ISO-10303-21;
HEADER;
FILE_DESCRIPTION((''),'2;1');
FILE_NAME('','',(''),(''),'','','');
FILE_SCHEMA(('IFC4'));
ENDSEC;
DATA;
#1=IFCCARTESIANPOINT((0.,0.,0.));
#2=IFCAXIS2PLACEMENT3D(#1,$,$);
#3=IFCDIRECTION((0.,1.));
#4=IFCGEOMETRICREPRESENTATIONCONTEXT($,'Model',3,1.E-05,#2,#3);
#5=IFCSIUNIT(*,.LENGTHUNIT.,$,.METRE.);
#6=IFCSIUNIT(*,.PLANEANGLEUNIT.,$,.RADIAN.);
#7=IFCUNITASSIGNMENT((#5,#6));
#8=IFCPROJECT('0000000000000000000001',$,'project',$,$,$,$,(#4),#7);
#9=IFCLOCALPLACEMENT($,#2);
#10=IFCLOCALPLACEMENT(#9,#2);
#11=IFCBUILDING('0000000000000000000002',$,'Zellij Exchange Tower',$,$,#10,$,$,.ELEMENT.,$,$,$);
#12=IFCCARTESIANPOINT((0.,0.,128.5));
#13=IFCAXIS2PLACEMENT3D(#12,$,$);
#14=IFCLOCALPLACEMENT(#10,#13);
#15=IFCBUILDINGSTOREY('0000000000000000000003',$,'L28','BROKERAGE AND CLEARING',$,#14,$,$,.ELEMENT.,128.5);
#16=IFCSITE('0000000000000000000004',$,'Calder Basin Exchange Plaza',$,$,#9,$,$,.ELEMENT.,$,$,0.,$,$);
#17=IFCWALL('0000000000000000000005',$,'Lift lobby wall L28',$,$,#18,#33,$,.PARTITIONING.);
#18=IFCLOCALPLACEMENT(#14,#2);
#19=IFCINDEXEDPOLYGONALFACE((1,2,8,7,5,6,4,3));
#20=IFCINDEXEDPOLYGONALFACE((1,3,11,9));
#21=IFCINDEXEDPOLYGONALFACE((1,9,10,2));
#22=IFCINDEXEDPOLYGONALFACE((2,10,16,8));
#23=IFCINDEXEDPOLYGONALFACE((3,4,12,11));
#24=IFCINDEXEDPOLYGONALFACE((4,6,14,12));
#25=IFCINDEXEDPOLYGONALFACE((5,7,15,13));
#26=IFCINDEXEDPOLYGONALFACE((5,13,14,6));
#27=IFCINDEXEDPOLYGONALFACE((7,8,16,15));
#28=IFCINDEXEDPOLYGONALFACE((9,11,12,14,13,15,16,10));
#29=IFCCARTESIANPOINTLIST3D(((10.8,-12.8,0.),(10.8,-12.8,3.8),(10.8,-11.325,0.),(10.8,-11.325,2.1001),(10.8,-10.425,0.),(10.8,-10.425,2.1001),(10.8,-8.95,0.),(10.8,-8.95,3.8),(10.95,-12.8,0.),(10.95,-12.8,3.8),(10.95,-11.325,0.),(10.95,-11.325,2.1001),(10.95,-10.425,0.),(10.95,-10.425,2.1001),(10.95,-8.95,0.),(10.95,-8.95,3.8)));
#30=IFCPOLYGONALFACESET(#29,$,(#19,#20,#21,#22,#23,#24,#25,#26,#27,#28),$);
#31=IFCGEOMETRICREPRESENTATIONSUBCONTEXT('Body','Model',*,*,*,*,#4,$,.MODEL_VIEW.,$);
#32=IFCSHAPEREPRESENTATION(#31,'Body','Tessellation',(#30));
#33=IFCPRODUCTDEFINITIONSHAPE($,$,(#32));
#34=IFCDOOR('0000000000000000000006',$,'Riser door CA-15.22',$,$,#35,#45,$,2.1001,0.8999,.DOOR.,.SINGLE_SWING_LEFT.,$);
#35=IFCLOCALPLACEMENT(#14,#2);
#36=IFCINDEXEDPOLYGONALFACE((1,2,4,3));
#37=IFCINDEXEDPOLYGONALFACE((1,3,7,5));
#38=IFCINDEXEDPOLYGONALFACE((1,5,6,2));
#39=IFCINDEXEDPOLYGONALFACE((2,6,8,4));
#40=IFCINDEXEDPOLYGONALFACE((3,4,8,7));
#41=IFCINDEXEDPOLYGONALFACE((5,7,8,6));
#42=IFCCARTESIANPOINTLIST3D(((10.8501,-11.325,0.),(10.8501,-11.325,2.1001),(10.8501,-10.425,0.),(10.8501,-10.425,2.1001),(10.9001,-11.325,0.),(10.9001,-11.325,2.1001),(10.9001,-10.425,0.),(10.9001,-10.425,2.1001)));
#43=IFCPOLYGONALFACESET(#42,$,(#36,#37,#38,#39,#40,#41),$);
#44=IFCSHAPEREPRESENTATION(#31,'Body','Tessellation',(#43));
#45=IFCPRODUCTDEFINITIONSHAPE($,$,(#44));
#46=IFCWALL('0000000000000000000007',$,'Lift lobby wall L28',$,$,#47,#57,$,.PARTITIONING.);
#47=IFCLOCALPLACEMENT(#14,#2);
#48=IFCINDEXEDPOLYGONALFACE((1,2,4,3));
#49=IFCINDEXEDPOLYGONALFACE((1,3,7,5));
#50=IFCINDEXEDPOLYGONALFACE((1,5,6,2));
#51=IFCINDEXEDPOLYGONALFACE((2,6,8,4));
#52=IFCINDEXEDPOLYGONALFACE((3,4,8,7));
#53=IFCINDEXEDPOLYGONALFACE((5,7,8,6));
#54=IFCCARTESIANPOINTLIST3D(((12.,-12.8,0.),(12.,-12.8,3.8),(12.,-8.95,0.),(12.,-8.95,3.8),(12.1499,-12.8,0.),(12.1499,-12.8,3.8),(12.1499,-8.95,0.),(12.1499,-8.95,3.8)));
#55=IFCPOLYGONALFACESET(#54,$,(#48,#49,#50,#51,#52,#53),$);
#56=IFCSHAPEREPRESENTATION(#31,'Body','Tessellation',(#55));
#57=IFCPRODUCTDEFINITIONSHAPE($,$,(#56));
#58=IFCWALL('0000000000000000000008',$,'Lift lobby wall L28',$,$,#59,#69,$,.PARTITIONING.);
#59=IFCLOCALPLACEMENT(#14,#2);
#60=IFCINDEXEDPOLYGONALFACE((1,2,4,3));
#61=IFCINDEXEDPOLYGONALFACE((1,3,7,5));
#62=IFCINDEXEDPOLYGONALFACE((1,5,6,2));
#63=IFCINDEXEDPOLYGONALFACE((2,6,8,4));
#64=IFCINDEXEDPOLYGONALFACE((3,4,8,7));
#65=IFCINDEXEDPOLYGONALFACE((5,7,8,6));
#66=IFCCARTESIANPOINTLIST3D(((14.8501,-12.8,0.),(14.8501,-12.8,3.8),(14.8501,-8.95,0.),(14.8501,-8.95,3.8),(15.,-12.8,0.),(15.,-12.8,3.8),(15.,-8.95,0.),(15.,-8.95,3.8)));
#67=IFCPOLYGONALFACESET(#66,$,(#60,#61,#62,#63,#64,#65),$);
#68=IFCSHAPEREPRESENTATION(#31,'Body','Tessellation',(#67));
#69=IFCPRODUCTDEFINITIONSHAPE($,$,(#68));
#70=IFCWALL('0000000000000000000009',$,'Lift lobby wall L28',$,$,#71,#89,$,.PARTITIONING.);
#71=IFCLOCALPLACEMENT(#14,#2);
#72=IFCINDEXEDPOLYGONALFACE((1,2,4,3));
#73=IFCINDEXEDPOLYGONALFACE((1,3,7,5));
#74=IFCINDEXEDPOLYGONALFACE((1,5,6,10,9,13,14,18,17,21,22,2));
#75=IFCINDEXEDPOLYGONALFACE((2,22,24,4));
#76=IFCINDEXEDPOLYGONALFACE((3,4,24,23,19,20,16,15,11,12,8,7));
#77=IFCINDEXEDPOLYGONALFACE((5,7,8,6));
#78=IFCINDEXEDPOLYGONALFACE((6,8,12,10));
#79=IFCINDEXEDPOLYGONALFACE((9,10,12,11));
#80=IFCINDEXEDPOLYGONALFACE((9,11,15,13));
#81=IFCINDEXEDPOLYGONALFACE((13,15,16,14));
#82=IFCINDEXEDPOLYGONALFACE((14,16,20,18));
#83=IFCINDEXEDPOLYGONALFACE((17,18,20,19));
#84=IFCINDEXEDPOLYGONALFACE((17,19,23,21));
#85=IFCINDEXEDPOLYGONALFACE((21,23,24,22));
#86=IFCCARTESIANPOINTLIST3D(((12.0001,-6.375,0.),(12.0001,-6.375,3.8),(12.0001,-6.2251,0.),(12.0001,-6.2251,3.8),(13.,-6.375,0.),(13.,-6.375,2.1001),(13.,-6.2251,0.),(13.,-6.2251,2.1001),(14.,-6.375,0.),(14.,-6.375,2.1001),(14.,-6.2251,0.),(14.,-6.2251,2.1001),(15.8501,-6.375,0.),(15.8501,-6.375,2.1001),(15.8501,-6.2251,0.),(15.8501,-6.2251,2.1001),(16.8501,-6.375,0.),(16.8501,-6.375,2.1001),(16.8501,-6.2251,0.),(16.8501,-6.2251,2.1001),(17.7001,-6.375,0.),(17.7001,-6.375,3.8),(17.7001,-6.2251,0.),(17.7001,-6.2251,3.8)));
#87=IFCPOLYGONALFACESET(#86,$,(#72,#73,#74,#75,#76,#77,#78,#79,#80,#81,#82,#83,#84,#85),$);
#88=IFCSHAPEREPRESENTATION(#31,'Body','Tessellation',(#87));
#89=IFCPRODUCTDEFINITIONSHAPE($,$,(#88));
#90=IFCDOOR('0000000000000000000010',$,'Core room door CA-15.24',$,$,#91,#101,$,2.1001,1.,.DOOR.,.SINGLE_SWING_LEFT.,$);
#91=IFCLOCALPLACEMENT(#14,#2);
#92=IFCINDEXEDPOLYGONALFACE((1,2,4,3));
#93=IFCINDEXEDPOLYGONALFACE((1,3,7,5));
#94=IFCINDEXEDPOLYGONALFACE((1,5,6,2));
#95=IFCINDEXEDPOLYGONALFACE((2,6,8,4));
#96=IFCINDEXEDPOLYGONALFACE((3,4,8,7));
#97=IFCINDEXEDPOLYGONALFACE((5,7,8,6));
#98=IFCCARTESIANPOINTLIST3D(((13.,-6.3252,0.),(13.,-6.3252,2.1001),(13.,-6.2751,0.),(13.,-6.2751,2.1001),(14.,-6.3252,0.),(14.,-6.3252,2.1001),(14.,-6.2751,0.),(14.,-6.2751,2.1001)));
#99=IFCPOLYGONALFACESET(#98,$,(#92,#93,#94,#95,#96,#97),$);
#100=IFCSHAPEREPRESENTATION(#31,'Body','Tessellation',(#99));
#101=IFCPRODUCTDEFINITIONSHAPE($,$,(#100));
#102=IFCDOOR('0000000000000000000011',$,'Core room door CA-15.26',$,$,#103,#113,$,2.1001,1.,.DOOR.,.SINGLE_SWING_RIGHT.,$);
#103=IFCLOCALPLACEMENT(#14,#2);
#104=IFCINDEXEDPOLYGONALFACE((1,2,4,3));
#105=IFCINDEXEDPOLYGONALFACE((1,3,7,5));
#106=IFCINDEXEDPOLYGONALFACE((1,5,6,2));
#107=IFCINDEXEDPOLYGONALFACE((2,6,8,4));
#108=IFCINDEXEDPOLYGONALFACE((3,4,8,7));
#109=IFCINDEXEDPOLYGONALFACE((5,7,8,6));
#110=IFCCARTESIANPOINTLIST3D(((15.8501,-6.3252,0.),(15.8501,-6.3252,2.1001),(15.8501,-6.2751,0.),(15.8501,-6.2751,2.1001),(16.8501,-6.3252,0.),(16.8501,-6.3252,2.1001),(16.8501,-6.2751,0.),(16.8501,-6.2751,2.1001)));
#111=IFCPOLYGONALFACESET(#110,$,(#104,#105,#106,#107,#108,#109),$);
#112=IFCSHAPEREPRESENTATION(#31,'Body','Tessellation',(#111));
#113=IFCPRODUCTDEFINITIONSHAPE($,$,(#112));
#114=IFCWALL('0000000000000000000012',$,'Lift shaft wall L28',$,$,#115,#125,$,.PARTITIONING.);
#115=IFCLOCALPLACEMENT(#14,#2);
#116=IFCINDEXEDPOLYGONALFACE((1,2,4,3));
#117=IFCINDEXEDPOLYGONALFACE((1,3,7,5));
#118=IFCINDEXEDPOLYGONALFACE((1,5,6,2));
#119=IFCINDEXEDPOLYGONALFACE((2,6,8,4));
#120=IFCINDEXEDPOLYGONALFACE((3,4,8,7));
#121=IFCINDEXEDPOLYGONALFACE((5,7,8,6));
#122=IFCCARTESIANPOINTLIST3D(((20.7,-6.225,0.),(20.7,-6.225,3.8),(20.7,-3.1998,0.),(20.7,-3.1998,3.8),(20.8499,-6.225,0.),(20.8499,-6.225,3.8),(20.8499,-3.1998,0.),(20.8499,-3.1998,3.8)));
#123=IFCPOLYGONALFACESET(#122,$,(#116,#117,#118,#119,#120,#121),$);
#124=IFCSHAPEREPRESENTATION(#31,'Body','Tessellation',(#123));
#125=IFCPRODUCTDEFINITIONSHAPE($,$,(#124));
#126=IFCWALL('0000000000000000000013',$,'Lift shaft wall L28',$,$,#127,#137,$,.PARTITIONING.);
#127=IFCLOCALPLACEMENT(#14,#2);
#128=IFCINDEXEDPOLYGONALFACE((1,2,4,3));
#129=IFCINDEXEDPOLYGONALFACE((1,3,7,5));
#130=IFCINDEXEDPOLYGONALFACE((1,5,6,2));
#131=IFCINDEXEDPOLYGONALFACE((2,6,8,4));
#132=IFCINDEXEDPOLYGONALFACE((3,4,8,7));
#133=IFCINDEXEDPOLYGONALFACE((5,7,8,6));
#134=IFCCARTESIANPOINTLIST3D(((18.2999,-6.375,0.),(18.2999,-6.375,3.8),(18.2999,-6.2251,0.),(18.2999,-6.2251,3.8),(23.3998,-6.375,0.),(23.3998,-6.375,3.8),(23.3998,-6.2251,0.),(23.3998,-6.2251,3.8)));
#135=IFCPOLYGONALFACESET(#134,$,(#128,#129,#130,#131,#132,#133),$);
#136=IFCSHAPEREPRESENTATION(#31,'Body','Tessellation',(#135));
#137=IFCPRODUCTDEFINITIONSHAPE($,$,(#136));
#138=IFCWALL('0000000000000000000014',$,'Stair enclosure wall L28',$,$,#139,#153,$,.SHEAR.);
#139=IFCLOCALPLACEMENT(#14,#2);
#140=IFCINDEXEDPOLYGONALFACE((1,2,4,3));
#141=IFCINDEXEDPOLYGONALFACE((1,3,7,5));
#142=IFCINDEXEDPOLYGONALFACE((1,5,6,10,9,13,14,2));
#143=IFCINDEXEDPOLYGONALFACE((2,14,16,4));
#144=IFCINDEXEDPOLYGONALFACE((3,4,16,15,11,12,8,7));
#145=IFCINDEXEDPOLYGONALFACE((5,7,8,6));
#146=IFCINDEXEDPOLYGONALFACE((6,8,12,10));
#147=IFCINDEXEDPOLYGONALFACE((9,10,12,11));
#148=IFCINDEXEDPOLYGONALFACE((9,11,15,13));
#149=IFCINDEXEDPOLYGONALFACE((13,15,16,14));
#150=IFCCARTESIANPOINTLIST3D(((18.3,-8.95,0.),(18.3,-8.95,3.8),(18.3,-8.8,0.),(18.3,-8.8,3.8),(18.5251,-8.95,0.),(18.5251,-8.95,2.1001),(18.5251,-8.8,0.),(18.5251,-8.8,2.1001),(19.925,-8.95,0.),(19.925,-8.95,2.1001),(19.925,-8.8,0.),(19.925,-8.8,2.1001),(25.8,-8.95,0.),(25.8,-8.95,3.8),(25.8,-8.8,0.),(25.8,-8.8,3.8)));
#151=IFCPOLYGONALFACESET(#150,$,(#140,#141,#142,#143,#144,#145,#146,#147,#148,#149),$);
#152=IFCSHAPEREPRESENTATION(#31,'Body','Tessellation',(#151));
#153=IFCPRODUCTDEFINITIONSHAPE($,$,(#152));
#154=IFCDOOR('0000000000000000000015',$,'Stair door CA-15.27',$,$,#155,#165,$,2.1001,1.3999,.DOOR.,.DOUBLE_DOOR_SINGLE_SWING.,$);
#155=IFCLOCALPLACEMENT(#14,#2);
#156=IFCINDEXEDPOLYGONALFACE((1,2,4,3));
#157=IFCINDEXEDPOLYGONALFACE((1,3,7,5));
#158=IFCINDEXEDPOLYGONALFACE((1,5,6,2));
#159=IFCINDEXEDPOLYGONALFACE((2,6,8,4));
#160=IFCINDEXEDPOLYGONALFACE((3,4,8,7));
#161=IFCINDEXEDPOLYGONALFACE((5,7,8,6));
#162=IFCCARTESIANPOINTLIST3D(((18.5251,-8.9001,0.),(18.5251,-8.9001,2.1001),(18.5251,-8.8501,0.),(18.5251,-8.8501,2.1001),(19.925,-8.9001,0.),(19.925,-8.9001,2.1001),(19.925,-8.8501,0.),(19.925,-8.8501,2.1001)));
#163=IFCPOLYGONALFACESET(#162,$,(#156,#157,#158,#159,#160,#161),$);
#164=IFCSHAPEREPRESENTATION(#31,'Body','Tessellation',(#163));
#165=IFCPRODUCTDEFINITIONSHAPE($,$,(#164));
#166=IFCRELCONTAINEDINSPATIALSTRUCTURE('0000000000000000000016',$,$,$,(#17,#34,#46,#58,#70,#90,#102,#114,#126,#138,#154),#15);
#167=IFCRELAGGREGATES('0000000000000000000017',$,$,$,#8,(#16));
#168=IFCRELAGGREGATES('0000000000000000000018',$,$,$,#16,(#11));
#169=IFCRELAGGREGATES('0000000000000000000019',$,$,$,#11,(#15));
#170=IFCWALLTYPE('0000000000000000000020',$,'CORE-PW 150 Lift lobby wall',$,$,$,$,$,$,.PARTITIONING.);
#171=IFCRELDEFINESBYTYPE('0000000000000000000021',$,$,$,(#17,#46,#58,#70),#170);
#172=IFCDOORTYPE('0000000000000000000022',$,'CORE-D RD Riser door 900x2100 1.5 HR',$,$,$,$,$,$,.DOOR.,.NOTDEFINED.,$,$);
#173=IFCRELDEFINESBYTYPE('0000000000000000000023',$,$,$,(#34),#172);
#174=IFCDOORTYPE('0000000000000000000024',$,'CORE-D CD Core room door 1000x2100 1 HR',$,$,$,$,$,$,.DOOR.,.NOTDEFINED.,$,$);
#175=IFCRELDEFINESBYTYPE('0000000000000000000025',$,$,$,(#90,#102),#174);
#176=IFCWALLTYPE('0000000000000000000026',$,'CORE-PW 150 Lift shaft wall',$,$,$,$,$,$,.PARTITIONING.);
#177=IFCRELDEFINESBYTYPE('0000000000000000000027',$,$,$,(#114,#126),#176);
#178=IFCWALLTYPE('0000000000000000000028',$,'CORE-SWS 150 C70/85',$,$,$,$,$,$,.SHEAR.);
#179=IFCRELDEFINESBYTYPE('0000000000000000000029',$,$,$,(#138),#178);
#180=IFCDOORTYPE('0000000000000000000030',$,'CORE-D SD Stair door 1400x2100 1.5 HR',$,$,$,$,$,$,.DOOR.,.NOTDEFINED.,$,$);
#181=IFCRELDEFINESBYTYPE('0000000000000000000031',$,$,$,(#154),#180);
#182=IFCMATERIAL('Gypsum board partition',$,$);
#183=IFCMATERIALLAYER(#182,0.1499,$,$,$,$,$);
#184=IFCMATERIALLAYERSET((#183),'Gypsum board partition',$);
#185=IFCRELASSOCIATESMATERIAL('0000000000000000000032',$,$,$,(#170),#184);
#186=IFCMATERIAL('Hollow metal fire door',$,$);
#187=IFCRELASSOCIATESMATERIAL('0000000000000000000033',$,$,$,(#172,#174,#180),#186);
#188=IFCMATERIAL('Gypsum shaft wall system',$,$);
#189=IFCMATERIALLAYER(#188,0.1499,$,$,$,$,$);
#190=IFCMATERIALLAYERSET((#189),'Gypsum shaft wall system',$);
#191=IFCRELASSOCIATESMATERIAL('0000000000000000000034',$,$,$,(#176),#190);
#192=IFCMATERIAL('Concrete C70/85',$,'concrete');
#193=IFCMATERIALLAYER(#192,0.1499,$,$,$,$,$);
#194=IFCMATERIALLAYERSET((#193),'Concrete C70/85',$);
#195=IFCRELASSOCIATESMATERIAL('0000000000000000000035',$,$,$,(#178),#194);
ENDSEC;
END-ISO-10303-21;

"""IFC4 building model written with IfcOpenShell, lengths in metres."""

from ifc_helpers import new_model, si_unit, direction, frame, frame_2d, origin, place, context, subcontext, project, spatial, rectangle, extrude, material, layer, layer_set, type_object, element, fill, save


model = new_model("IFC4")

# Units and contexts
model_context = context("Model", 3, precision=1e-05, world=origin(), true_north=direction((0.0, 1.0)))
body_context = subcontext(model_context, "Body", "Model", "MODEL_VIEW")
ifc_project = project(units=[si_unit("LENGTHUNIT", "METRE"), si_unit("PLANEANGLEUNIT", "RADIAN")], contexts=[model_context])

# Site, building, storey
site_placement = place(None, origin())
site = spatial("IfcSite", under=ifc_project, at=site_placement, Name="Calder Basin Exchange Plaza", CompositionType="ELEMENT", RefElevation=0.0)
building_placement = place(site_placement, origin())
building = spatial("IfcBuilding", under=site, at=building_placement, Name="Zellij Exchange Tower", CompositionType="ELEMENT")
storey_placement = place(building_placement, frame((0.0, 0.0, 128.5)))
storey = spatial("IfcBuildingStorey", under=building, at=storey_placement, Name="L28", Description="BROKERAGE AND CLEARING", CompositionType="ELEMENT", Elevation=128.5)

# Shared definitions
ifc_material_1 = material(Name="Concrete C70/85", Category="concrete")

# Shared definitions
ifc_material_2 = material(Name="Gypsum board partition")
ifc_layer_1 = layer(ifc_material_2, 0.1499)
ifc_layer_set_1 = layer_set([ifc_layer_1], Name="Gypsum board partition")
wall_type_1 = type_object("IfcWallType", Name="CORE-PW 150 Lift lobby wall", PredefinedType="PARTITIONING", material=ifc_layer_set_1)

# Wall, opening, door
wall_1_placement = place(storey_placement, frame((10.875, -12.8, 0.0), z_axis=(0.0, 0.0, 1.0), x_axis=(0.0, 1.0, 0.0)))
wall_1 = element("IfcWall", 1, at=wall_1_placement, inside=storey, type_object=wall_type_1, Name="Lift lobby wall L28", PredefinedType="PARTITIONING", context=body_context, shape_type="SweptSolid", body=[
    extrude(rectangle(XDim=3.8501, YDim=0.1499, at=frame_2d((1.925, 0.0))), origin(), (0.0, 0.0, 1.0), 3.8),
])
opening_1_placement = place(wall_1_placement, frame((1.4751, 0.0, 0.0)))
opening_1 = element("IfcOpeningElement", 2, at=opening_1_placement, cuts=wall_1, PredefinedType="OPENING", context=body_context, shape_type="SweptSolid", body=[
    extrude(rectangle(XDim=0.8999, YDim=2.1001, at=frame_2d((0.45, 1.05))), frame((0.0, 0.0869, 0.0), z_axis=(0.0, -1.0, 0.0), x_axis=(1.0, 0.0, 0.0)), (0.0, 0.0, 1.0), 0.1738),
])
ifc_material_3 = material(Name="Hollow metal fire door")
door_type_1 = type_object("IfcDoorType", Name="CORE-D RD Riser door 900x2100 1.5 HR", OperationType="NOTDEFINED", PredefinedType="DOOR", material=ifc_material_3)
door_1_placement = place(opening_1_placement, origin())
door_1 = element("IfcDoor", 3, at=door_1_placement, inside=storey, type_object=door_type_1, Name="Riser door CA-15.22", OperationType="SINGLE_SWING_LEFT", OverallHeight=2.1001, OverallWidth=0.8999, PredefinedType="DOOR", context=body_context, shape_type="SweptSolid", body=[
    extrude(rectangle(XDim=0.8999, YDim=2.1001, at=frame_2d((0.45, 1.05))), frame((0.0, 0.0249, 0.0), z_axis=(0.0, -1.0, 0.0), x_axis=(1.0, 0.0, 0.0)), (0.0, 0.0, 1.0), 0.05),
])
fill(opening_1, door_1)

# Walls
for number, where, z_axis, x_axis, name in (
    (4, (12.075, -12.8, 0.0), (0.0, 0.0, 1.0), (0.0, 1.0, 0.0), "Lift lobby wall L28"),
    (5, (14.925, -12.8, 0.0), (0.0, 0.0, 1.0), (0.0, 1.0, 0.0), "Lift lobby wall L28"),
):
    element("IfcWall", number, at=place(storey_placement, frame(where, z_axis=z_axis, x_axis=x_axis)), inside=storey, type_object=wall_type_1, Name=name, PredefinedType="PARTITIONING", context=body_context, shape_type="SweptSolid", body=[
        extrude(rectangle(XDim=3.8501, YDim=0.1499, at=frame_2d((1.925, 0.0))), origin(), (0.0, 0.0, 1.0), 3.8),
    ])

# Wall, openings, doors
wall_2_placement = place(storey_placement, frame((12.0, -6.3, 0.0), z_axis=(0.0, 0.0, 1.0), x_axis=(1.0, 0.0, 0.0)))
wall_2 = element("IfcWall", 6, at=wall_2_placement, inside=storey, type_object=wall_type_1, Name="Lift lobby wall L28", PredefinedType="PARTITIONING", context=body_context, shape_type="SweptSolid", body=[
    extrude(rectangle(XDim=5.7, YDim=0.1499, at=frame_2d((2.8501, 0.0))), origin(), (0.0, 0.0, 1.0), 3.8),
])
opening_2_placement = place(wall_2_placement, frame((1.0, 0.0, 0.0)))
opening_2 = element("IfcOpeningElement", 7, at=opening_2_placement, cuts=wall_2, PredefinedType="OPENING", context=body_context, shape_type="SweptSolid", body=[
    extrude(rectangle(XDim=1.0, YDim=2.1001, at=frame_2d((0.5, 1.05))), frame((0.0, 0.0869, 0.0), z_axis=(0.0, -1.0, 0.0), x_axis=(1.0, 0.0, 0.0)), (0.0, 0.0, 1.0), 0.1738),
])
opening_3_placement = place(wall_2_placement, frame((3.8501, 0.0, 0.0)))
opening_3 = element("IfcOpeningElement", 8, at=opening_3_placement, cuts=wall_2, PredefinedType="OPENING", context=body_context, shape_type="SweptSolid", body=[
    extrude(rectangle(XDim=1.0, YDim=2.1001, at=frame_2d((0.5, 1.05))), frame((0.0, 0.0869, 0.0), z_axis=(0.0, -1.0, 0.0), x_axis=(1.0, 0.0, 0.0)), (0.0, 0.0, 1.0), 0.1738),
])
door_type_2 = type_object("IfcDoorType", Name="CORE-D CD Core room door 1000x2100 1 HR", OperationType="NOTDEFINED", PredefinedType="DOOR", material=ifc_material_3)
door_2_placement = place(opening_2_placement, origin())
door_2 = element("IfcDoor", 9, at=door_2_placement, inside=storey, type_object=door_type_2, Name="Core room door CA-15.24", OperationType="SINGLE_SWING_LEFT", OverallHeight=2.1001, OverallWidth=1.0, PredefinedType="DOOR", context=body_context, shape_type="SweptSolid", body=[
    extrude(rectangle(XDim=1.0, YDim=2.1001, at=frame_2d((0.5, 1.05))), frame((0.0, 0.0249, 0.0), z_axis=(0.0, -1.0, 0.0), x_axis=(1.0, 0.0, 0.0)), (0.0, 0.0, 1.0), 0.05),
])
fill(opening_2, door_2)
door_3_placement = place(opening_3_placement, origin())
door_3 = element("IfcDoor", 10, at=door_3_placement, inside=storey, type_object=door_type_2, Name="Core room door CA-15.26", OperationType="SINGLE_SWING_RIGHT", OverallHeight=2.1001, OverallWidth=1.0, PredefinedType="DOOR", context=body_context, shape_type="SweptSolid", body=[
    extrude(rectangle(XDim=1.0, YDim=2.1001, at=frame_2d((0.5, 1.05))), frame((0.0, 0.0249, 0.0), z_axis=(0.0, -1.0, 0.0), x_axis=(1.0, 0.0, 0.0)), (0.0, 0.0, 1.0), 0.05),
])
fill(opening_3, door_3)

# Walls
ifc_material_4 = material(Name="Gypsum shaft wall system")
ifc_layer_2 = layer(ifc_material_4, 0.1499)
ifc_layer_set_2 = layer_set([ifc_layer_2], Name="Gypsum shaft wall system")
wall_type_2 = type_object("IfcWallType", Name="CORE-PW 150 Lift shaft wall", PredefinedType="PARTITIONING", material=ifc_layer_set_2)
wall_3_placement = place(storey_placement, frame((20.7749, -6.2251, 0.0), z_axis=(0.0, 0.0, 1.0), x_axis=(0.0, 1.0, 0.0)))
element("IfcWall", 11, at=wall_3_placement, inside=storey, type_object=wall_type_2, Name="Lift shaft wall L28", PredefinedType="PARTITIONING", context=body_context, shape_type="SweptSolid", body=[
    extrude(rectangle(XDim=3.0251, YDim=0.1499, at=frame_2d((1.5127, 0.0))), origin(), (0.0, 0.0, 1.0), 3.8),
])
wall_4_placement = place(storey_placement, frame((18.3, -6.3, 0.0), z_axis=(0.0, 0.0, 1.0), x_axis=(1.0, 0.0, 0.0)))
element("IfcWall", 12, at=wall_4_placement, inside=storey, type_object=wall_type_2, Name="Lift shaft wall L28", PredefinedType="PARTITIONING", context=body_context, shape_type="SweptSolid", body=[
    extrude(rectangle(XDim=5.0999, YDim=0.1499, at=frame_2d((2.5498, 0.0))), origin(), (0.0, 0.0, 1.0), 3.8),
])

# Wall, opening, door
ifc_layer_3 = layer(ifc_material_1, 0.1499)
ifc_layer_set_3 = layer_set([ifc_layer_3], Name="Concrete C70/85")
wall_type_3 = type_object("IfcWallType", Name="CORE-SWS 150 C70/85", PredefinedType="SHEAR", material=ifc_layer_set_3)
wall_5_placement = place(storey_placement, frame((18.3, -8.875, 0.0), z_axis=(0.0, 0.0, 1.0), x_axis=(1.0, 0.0, 0.0)))
wall_5 = element("IfcWall", 13, at=wall_5_placement, inside=storey, type_object=wall_type_3, Name="Stair enclosure wall L28", PredefinedType="SHEAR", context=body_context, shape_type="SweptSolid", body=[
    extrude(rectangle(XDim=7.5, YDim=0.1499, at=frame_2d((3.75, 0.0))), origin(), (0.0, 0.0, 1.0), 3.8),
])
opening_4_placement = place(wall_5_placement, frame((0.2251, 0.0, 0.0)))
opening_4 = element("IfcOpeningElement", 14, at=opening_4_placement, cuts=wall_5, PredefinedType="OPENING", context=body_context, shape_type="SweptSolid", body=[
    extrude(rectangle(XDim=1.3999, YDim=2.1001, at=frame_2d((0.7, 1.05))), frame((0.0, 0.0869, 0.0), z_axis=(0.0, -1.0, 0.0), x_axis=(1.0, 0.0, 0.0)), (0.0, 0.0, 1.0), 0.1738),
])
door_type_3 = type_object("IfcDoorType", Name="CORE-D SD Stair door 1400x2100 1.5 HR", OperationType="NOTDEFINED", PredefinedType="DOOR", material=ifc_material_3)
door_4_placement = place(opening_4_placement, origin())
door_4 = element("IfcDoor", 15, at=door_4_placement, inside=storey, type_object=door_type_3, Name="Stair door CA-15.27", OperationType="DOUBLE_DOOR_SINGLE_SWING", OverallHeight=2.1001, OverallWidth=1.3999, PredefinedType="DOOR", context=body_context, shape_type="SweptSolid", body=[
    extrude(rectangle(XDim=1.3999, YDim=2.1001, at=frame_2d((0.7, 1.05))), frame((0.0, 0.0249, 0.0), z_axis=(0.0, -1.0, 0.0), x_axis=(1.0, 0.0, 0.0)), (0.0, 0.0, 1.0), 0.05),
])
fill(opening_4, door_4)

save(model, "model.ifc")
